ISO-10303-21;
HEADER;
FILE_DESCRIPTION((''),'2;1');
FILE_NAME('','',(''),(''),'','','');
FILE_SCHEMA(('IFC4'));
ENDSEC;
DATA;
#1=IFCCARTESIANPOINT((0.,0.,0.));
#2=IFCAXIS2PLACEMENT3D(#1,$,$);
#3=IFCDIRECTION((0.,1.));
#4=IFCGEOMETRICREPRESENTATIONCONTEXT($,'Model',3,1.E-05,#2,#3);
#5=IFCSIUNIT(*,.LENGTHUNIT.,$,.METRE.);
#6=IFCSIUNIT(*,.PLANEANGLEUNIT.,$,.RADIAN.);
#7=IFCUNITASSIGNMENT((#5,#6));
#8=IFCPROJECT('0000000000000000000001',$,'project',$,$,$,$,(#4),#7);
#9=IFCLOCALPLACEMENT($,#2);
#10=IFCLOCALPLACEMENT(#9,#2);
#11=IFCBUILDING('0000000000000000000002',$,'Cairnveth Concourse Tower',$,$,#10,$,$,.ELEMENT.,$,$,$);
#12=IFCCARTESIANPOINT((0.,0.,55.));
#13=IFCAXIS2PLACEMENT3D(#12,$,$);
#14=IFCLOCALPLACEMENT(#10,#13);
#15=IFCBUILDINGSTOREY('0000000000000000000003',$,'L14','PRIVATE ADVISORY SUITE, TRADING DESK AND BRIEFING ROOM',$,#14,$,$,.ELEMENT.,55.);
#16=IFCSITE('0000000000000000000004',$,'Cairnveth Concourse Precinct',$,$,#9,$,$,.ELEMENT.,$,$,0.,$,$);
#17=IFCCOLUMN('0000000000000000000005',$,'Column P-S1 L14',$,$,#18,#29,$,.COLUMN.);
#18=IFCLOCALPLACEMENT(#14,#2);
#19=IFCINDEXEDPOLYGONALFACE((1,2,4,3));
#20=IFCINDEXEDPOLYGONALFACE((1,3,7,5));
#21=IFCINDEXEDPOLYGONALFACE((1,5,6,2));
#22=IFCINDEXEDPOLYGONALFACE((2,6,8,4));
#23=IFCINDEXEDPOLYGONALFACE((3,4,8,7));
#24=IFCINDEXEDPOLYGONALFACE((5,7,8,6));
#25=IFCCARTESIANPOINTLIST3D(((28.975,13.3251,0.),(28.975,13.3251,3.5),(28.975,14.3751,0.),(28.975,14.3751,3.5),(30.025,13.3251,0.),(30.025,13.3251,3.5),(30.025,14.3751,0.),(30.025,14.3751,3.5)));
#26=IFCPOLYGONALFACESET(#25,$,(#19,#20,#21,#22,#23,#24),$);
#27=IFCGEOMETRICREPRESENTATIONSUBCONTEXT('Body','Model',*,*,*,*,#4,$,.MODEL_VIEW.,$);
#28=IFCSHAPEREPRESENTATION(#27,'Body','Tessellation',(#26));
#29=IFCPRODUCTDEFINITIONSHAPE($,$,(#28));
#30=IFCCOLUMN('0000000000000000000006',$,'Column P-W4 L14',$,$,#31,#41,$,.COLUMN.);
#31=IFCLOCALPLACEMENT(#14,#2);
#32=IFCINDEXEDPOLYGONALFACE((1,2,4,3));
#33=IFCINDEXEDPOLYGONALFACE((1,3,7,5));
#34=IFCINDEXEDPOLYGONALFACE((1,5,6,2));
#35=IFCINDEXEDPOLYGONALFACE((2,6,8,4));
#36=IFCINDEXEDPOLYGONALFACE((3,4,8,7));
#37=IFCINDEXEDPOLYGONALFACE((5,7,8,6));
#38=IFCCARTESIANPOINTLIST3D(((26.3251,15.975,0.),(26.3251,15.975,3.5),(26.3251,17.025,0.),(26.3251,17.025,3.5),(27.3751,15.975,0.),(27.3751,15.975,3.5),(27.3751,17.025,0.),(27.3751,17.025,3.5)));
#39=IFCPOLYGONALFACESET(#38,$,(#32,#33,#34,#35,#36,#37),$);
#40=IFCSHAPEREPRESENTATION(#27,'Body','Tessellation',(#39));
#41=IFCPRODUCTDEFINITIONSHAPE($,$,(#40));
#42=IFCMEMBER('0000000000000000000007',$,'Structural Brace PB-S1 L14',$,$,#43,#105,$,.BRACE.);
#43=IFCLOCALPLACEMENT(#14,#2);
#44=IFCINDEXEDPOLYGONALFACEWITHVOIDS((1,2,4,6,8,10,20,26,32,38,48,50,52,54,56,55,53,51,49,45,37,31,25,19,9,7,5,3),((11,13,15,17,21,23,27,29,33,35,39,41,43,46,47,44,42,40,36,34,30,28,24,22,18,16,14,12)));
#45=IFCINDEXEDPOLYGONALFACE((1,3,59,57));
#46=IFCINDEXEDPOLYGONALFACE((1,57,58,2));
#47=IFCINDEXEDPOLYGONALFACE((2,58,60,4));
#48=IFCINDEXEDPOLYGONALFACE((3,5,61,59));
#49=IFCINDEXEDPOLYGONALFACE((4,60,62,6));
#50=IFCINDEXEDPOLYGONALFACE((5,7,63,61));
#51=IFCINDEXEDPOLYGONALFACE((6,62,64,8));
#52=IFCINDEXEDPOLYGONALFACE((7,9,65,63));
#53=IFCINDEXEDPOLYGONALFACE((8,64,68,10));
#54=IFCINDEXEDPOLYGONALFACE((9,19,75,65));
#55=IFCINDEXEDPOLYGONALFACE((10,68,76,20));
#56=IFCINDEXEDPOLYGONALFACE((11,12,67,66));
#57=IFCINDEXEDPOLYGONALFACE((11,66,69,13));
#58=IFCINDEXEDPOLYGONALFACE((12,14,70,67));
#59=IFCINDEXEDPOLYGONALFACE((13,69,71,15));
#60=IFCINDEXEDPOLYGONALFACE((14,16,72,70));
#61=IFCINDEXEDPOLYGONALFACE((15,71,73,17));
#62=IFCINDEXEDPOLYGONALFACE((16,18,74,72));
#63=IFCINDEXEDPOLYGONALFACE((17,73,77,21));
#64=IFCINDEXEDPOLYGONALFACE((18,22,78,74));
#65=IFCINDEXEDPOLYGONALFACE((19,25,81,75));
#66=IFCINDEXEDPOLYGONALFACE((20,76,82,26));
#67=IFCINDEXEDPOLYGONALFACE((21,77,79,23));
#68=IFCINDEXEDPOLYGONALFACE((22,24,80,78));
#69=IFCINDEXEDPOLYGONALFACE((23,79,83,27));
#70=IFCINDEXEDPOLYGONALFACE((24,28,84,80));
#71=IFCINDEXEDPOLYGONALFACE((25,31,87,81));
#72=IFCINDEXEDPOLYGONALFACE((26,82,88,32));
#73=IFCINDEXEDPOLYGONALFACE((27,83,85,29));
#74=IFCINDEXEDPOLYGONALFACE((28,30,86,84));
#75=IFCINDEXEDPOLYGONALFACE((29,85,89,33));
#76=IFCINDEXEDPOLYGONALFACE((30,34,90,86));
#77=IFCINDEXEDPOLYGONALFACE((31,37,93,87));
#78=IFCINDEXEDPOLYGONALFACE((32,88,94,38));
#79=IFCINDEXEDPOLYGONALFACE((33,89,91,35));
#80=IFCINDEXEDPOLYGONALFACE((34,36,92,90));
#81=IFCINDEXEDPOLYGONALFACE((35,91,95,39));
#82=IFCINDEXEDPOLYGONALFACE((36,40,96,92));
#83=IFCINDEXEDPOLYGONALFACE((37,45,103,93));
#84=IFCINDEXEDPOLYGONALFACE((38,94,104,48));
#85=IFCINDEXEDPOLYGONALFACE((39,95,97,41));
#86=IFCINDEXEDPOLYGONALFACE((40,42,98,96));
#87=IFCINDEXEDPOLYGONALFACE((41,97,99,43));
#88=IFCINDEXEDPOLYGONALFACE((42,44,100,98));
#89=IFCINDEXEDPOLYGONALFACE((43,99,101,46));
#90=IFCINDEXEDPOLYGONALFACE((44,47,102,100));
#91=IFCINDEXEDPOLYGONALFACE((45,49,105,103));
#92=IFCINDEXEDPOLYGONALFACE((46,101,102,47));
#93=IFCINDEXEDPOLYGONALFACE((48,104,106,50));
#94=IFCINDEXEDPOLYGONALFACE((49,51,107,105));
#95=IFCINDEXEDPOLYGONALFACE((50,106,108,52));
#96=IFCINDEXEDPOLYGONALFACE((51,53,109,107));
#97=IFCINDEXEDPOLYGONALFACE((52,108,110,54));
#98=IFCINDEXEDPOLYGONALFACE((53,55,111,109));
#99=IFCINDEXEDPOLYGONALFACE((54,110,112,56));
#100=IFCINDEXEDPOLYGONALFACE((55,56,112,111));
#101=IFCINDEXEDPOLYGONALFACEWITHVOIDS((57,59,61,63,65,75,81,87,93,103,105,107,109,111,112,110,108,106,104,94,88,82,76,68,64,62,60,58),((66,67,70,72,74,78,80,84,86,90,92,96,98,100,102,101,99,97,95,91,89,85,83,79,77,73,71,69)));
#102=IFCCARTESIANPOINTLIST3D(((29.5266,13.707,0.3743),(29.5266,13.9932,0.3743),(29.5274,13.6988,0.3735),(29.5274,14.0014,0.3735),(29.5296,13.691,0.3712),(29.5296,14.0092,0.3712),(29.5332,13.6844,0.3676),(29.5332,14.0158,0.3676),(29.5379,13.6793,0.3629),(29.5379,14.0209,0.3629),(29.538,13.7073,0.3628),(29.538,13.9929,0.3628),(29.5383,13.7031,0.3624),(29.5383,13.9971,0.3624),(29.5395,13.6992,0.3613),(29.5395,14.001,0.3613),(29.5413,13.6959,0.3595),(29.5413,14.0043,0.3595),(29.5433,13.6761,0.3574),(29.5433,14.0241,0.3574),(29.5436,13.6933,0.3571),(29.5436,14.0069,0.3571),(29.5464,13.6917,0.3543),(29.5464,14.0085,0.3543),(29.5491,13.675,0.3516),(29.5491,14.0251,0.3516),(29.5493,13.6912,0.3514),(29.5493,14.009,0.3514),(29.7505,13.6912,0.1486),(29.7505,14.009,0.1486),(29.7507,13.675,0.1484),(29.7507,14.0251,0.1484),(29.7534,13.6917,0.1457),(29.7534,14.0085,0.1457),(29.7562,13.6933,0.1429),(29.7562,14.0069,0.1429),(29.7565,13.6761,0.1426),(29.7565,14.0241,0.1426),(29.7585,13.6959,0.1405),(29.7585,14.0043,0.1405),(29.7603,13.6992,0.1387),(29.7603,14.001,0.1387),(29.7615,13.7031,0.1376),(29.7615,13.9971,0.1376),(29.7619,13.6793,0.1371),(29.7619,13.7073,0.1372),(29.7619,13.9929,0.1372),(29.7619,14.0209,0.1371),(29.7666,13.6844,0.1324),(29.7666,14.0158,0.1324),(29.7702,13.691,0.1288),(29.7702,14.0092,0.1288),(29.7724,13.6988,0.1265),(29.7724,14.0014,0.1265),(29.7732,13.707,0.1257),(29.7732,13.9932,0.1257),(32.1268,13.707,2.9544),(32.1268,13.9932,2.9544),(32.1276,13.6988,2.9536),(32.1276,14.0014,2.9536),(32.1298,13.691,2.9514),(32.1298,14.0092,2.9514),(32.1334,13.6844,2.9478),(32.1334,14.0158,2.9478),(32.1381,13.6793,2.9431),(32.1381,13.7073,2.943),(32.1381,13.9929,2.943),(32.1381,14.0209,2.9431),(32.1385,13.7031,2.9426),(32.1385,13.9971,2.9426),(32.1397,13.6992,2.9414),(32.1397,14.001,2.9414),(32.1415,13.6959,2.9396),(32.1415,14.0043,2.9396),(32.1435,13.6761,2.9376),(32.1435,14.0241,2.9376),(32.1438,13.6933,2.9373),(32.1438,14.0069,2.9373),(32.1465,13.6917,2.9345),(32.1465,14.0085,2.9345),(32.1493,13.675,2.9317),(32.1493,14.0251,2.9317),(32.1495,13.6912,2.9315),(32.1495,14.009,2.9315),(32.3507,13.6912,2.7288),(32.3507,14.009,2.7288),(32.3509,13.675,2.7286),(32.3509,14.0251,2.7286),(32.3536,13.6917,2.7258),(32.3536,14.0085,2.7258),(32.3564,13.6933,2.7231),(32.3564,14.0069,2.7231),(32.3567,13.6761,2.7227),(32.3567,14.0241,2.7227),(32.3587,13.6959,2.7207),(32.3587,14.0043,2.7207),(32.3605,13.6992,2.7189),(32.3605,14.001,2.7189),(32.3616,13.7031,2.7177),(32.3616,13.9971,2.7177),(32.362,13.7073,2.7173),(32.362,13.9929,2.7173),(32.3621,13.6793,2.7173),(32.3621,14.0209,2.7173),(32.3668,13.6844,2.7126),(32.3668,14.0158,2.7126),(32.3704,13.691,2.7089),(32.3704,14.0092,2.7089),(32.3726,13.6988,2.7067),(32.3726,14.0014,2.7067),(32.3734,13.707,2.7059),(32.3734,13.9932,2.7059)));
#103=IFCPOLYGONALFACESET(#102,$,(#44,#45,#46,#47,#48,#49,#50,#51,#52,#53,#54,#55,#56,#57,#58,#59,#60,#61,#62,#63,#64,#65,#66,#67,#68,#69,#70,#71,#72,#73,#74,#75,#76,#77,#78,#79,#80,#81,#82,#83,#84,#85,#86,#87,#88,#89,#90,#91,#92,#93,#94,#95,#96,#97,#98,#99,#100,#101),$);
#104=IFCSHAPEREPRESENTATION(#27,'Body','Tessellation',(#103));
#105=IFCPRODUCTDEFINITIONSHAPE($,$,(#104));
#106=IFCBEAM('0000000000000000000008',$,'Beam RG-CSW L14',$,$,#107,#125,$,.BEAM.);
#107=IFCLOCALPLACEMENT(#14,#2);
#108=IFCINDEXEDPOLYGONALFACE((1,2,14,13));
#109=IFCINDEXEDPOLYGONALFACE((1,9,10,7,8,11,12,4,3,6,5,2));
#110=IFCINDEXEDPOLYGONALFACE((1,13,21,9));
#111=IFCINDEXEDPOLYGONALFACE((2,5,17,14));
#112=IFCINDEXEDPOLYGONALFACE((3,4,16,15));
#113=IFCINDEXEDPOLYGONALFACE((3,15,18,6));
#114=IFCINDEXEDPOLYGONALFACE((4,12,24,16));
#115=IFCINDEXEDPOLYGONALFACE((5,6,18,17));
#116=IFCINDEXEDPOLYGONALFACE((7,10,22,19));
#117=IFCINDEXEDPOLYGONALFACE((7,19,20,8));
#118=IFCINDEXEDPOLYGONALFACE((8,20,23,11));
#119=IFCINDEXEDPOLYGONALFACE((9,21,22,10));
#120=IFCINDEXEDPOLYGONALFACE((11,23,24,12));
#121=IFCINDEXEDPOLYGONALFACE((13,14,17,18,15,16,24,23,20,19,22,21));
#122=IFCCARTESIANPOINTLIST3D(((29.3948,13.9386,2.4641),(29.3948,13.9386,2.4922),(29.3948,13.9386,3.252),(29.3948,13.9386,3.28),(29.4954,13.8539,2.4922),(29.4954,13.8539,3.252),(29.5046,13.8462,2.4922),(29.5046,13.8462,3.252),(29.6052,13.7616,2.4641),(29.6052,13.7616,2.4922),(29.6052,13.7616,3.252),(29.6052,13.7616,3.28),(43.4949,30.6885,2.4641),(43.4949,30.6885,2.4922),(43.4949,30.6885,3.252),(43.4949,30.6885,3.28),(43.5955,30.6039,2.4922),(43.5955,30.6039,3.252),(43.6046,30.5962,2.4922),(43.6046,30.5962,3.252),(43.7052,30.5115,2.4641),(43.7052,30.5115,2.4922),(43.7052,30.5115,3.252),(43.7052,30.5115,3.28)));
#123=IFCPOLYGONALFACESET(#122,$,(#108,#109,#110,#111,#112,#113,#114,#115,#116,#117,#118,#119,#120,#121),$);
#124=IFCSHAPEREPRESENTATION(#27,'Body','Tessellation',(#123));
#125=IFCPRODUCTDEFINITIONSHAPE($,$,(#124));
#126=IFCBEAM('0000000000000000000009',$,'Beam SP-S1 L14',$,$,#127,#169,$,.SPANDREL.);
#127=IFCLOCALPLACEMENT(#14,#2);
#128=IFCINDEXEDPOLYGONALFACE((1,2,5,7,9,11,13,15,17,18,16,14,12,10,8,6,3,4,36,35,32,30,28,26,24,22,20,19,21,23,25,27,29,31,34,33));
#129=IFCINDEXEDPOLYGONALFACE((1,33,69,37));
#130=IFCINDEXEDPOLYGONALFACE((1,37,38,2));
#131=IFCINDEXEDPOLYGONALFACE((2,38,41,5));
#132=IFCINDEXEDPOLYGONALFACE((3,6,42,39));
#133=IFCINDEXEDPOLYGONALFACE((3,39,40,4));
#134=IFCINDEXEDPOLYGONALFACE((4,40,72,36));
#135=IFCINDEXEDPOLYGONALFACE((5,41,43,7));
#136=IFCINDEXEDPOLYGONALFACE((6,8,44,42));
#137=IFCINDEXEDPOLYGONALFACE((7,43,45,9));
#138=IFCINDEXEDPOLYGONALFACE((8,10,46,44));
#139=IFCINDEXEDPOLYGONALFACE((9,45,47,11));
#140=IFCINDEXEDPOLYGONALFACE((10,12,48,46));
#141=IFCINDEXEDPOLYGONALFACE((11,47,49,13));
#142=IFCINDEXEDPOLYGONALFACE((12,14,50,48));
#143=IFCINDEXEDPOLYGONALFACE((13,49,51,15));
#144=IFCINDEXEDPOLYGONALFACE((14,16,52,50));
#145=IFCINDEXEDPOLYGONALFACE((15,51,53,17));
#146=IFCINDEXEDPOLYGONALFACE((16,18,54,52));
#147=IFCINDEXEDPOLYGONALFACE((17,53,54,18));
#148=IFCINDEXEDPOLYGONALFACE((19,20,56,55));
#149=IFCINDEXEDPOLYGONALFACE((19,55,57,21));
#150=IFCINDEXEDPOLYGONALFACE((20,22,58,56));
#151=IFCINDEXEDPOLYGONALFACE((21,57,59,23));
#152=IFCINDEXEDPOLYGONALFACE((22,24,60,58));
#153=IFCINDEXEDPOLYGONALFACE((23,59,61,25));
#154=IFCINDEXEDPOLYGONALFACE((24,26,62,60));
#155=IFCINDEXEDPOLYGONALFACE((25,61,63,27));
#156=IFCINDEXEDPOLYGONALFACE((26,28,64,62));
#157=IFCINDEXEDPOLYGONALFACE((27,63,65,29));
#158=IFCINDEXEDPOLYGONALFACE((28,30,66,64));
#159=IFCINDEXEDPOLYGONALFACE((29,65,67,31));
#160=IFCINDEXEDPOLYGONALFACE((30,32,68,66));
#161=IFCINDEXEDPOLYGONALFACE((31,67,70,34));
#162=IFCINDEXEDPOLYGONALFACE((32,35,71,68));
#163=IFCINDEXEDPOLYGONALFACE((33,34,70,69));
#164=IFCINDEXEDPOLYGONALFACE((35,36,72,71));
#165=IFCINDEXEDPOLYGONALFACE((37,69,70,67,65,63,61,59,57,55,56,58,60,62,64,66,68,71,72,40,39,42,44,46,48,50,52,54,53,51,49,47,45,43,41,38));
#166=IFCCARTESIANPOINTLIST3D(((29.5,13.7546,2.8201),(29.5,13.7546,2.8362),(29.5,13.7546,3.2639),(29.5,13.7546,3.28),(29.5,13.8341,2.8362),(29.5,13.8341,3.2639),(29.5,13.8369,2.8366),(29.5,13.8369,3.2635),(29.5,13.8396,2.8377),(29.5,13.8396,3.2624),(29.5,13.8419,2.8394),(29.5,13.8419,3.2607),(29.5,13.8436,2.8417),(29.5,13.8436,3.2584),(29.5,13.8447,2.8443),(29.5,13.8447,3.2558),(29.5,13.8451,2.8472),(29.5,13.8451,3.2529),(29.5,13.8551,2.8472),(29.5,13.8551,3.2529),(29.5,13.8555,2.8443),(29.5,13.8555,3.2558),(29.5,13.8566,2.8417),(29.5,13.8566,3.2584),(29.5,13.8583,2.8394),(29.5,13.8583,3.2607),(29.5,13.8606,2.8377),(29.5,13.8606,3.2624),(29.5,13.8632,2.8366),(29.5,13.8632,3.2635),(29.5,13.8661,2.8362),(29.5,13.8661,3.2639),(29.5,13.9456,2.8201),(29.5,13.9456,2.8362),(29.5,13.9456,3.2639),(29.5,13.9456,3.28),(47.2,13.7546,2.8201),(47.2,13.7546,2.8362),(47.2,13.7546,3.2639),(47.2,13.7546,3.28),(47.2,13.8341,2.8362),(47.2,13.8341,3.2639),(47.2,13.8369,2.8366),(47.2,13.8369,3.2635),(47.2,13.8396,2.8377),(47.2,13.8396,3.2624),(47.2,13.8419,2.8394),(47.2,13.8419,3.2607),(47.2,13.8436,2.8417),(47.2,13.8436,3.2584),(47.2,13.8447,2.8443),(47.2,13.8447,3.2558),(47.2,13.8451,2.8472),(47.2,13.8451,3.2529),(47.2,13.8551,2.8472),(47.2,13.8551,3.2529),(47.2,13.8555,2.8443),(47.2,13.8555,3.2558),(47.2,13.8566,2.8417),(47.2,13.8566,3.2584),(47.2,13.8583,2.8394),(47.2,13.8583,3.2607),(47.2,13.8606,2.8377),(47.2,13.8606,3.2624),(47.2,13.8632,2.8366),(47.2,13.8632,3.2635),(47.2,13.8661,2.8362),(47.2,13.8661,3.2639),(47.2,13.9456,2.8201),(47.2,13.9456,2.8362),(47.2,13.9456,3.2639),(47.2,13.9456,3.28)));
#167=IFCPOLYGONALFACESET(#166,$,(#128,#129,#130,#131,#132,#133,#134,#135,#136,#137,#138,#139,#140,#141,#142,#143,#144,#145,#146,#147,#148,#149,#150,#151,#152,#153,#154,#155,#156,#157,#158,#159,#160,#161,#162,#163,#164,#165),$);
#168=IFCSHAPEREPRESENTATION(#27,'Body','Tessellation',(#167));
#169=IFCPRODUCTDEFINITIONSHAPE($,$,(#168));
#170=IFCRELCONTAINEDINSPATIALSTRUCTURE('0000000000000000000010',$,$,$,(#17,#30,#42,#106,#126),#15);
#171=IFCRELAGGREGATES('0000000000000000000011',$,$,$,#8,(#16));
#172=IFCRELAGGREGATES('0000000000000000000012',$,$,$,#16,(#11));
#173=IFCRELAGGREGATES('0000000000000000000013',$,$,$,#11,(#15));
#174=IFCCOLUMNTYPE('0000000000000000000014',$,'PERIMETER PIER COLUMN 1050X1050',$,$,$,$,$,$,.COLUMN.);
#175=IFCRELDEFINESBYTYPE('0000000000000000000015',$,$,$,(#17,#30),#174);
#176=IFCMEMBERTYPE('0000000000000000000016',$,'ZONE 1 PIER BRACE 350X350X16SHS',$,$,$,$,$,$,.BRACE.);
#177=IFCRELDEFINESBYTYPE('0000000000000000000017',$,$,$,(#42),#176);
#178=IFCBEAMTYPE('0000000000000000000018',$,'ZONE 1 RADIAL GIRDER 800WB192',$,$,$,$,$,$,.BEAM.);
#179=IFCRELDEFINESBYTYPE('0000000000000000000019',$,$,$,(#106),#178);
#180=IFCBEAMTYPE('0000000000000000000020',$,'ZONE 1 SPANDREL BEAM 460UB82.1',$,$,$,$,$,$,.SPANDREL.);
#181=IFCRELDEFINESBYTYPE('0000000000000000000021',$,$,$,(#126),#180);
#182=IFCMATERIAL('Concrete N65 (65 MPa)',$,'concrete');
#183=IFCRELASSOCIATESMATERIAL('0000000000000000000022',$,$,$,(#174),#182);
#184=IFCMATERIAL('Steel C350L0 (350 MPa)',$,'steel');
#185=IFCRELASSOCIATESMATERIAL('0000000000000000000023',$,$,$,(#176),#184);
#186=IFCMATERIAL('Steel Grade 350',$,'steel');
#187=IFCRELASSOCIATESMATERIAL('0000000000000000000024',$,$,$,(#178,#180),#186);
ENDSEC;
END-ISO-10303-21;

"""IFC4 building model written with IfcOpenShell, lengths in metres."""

from ifc_helpers import new_model, si_unit, direction, frame, origin, origin_2d, place, context, subcontext, project, spatial, rectangle, hollow_rectangle, i_section, extrude, material, material_profile, profile_set, type_object, element, save


model = new_model("IFC4")

# Units and contexts
model_context = context("Model", 3, precision=1e-05, world=origin(), true_north=direction((0.0, 1.0)))
body_context = subcontext(model_context, "Body", "Model", "MODEL_VIEW")
ifc_project = project(units=[si_unit("LENGTHUNIT", "METRE"), si_unit("PLANEANGLEUNIT", "RADIAN")], contexts=[model_context])

# Site, building, storey
site_placement = place(None, origin())
site = spatial("IfcSite", under=ifc_project, at=site_placement, Name="Cairnveth Concourse Precinct", CompositionType="ELEMENT", RefElevation=0.0)
building_placement = place(site_placement, origin())
building = spatial("IfcBuilding", under=site, at=building_placement, Name="Cairnveth Concourse Tower", CompositionType="ELEMENT")
storey_placement = place(building_placement, frame((0.0, 0.0, 55.0)))
storey = spatial("IfcBuildingStorey", under=building, at=storey_placement, Name="L14", Description="PRIVATE ADVISORY SUITE, TRADING DESK AND BRIEFING ROOM", CompositionType="ELEMENT", Elevation=55.0)

# Columns
ifc_material_1 = material(Name="Concrete N65 (65 MPa)", Category="concrete")
ifc_material_profile_1 = material_profile(ifc_material_1, rectangle(XDim=1.05, YDim=1.05, at=origin_2d()), Name="RC-COL-1050x1050")
ifc_profile_set_1 = profile_set([ifc_material_profile_1], Name="Concrete N65 (65 MPa)")
column_type = type_object("IfcColumnType", Name="PERIMETER PIER COLUMN 1050X1050", PredefinedType="COLUMN", material=ifc_profile_set_1)
for number, where, z_axis, x_axis, name in (
    (1, (29.5, 13.8501, 0.0), (0.0, 0.0, 1.0), (1.0, 0.0, 0.0), "Column P-S1 L14"),
    (2, (26.8501, 16.5, 0.0), (0.0, 0.0, 1.0), (0.0, 1.0, 0.0), "Column P-W4 L14"),
):
    element("IfcColumn", number, at=place(storey_placement, frame(where, z_axis=z_axis, x_axis=x_axis)), inside=storey, type_object=column_type, Name=name, PredefinedType="COLUMN", context=body_context, shape_type="SweptSolid", body=[
        extrude(rectangle(XDim=1.05, YDim=1.05, at=origin_2d()), origin(), (0.0, 0.0, 1.0), 3.5),
    ])

# Member
ifc_material_2 = material(Name="Steel C350L0 (350 MPa)", Category="steel")
ifc_material_profile_2 = material_profile(ifc_material_2, hollow_rectangle(XDim=0.3501, YDim=0.3501, WallThickness=0.0161, InnerFilletRadius=0.0161, OuterFilletRadius=0.032, at=origin_2d()), Name="350x350x16.0SHS")
ifc_profile_set_2 = profile_set([ifc_material_profile_2], Name="Steel C350L0 (350 MPa)")
member_type = type_object("IfcMemberType", Name="ZONE 1 PIER BRACE 350X350X16SHS", PredefinedType="BRACE", material=ifc_profile_set_2)
member_placement = place(storey_placement, frame((29.6499, 13.8501, 0.25), z_axis=(0.709834, 0.0, 0.704369), x_axis=(0.0, 1.0, 0.0)))
element("IfcMember", 3, at=member_placement, inside=storey, type_object=member_type, Name="Structural Brace PB-S1 L14", PredefinedType="BRACE", context=body_context, shape_type="SweptSolid", body=[
    extrude(hollow_rectangle(XDim=0.3501, YDim=0.3501, WallThickness=0.0161, InnerFilletRadius=0.0161, OuterFilletRadius=0.032, at=origin_2d()), origin(), (0.0, 0.0, 1.0), 3.6631),
])

# Beams
ifc_material_3 = material(Name="Steel Grade 350", Category="steel")
ifc_material_profile_3 = material_profile(ifc_material_3, i_section(OverallWidth=0.2749, OverallDepth=0.8159, WebThickness=0.012, FlangeThickness=0.0281, at=origin_2d()), Name="800WB192")
ifc_profile_set_3 = profile_set([ifc_material_profile_3], Name="Steel Grade 350")
beam_type_1 = type_object("IfcBeamType", Name="ZONE 1 RADIAL GIRDER 800WB192", PredefinedType="BEAM", material=ifc_profile_set_3)
beam_placement = place(storey_placement, frame((29.5, 13.8501, 2.8721), z_axis=(0.643998, 0.765027, 0.0), x_axis=(-0.765027, 0.643998, 0.0)))
element("IfcBeam", 4, at=beam_placement, inside=storey, type_object=beam_type_1, Name="Beam RG-CSW L14", PredefinedType="BEAM", context=body_context, shape_type="SweptSolid", body=[
    extrude(i_section(OverallWidth=0.2749, OverallDepth=0.8159, WebThickness=0.012, FlangeThickness=0.0281, at=origin_2d()), origin(), (0.0, 0.0, 1.0), 21.8945),
])
ifc_material_profile_4 = material_profile(ifc_material_3, i_section(OverallWidth=0.1909, OverallDepth=0.46, WebThickness=0.01, FlangeThickness=0.0161, FilletRadius=0.011, at=origin_2d()), Name="460UB82.1")
ifc_profile_set_4 = profile_set([ifc_material_profile_4], Name="Steel Grade 350")
beam_type_2 = type_object("IfcBeamType", Name="ZONE 1 SPANDREL BEAM 460UB82.1", PredefinedType="SPANDREL", material=ifc_profile_set_4)
for number, where, z_axis, x_axis, name in (
    (5, (29.5, 13.8501, 3.05), (1.0, 0.0, 0.0), (0.0, 1.0, 0.0), "Beam SP-S1 L14"),
):
    element("IfcBeam", number, at=place(storey_placement, frame(where, z_axis=z_axis, x_axis=x_axis)), inside=storey, type_object=beam_type_2, Name=name, PredefinedType="SPANDREL", context=body_context, shape_type="SweptSolid", body=[
        extrude(i_section(OverallWidth=0.1909, OverallDepth=0.46, WebThickness=0.01, FlangeThickness=0.0161, FilletRadius=0.011, at=origin_2d()), origin(), (0.0, 0.0, 1.0), 17.7),
    ])

save(model, "model.ifc")
